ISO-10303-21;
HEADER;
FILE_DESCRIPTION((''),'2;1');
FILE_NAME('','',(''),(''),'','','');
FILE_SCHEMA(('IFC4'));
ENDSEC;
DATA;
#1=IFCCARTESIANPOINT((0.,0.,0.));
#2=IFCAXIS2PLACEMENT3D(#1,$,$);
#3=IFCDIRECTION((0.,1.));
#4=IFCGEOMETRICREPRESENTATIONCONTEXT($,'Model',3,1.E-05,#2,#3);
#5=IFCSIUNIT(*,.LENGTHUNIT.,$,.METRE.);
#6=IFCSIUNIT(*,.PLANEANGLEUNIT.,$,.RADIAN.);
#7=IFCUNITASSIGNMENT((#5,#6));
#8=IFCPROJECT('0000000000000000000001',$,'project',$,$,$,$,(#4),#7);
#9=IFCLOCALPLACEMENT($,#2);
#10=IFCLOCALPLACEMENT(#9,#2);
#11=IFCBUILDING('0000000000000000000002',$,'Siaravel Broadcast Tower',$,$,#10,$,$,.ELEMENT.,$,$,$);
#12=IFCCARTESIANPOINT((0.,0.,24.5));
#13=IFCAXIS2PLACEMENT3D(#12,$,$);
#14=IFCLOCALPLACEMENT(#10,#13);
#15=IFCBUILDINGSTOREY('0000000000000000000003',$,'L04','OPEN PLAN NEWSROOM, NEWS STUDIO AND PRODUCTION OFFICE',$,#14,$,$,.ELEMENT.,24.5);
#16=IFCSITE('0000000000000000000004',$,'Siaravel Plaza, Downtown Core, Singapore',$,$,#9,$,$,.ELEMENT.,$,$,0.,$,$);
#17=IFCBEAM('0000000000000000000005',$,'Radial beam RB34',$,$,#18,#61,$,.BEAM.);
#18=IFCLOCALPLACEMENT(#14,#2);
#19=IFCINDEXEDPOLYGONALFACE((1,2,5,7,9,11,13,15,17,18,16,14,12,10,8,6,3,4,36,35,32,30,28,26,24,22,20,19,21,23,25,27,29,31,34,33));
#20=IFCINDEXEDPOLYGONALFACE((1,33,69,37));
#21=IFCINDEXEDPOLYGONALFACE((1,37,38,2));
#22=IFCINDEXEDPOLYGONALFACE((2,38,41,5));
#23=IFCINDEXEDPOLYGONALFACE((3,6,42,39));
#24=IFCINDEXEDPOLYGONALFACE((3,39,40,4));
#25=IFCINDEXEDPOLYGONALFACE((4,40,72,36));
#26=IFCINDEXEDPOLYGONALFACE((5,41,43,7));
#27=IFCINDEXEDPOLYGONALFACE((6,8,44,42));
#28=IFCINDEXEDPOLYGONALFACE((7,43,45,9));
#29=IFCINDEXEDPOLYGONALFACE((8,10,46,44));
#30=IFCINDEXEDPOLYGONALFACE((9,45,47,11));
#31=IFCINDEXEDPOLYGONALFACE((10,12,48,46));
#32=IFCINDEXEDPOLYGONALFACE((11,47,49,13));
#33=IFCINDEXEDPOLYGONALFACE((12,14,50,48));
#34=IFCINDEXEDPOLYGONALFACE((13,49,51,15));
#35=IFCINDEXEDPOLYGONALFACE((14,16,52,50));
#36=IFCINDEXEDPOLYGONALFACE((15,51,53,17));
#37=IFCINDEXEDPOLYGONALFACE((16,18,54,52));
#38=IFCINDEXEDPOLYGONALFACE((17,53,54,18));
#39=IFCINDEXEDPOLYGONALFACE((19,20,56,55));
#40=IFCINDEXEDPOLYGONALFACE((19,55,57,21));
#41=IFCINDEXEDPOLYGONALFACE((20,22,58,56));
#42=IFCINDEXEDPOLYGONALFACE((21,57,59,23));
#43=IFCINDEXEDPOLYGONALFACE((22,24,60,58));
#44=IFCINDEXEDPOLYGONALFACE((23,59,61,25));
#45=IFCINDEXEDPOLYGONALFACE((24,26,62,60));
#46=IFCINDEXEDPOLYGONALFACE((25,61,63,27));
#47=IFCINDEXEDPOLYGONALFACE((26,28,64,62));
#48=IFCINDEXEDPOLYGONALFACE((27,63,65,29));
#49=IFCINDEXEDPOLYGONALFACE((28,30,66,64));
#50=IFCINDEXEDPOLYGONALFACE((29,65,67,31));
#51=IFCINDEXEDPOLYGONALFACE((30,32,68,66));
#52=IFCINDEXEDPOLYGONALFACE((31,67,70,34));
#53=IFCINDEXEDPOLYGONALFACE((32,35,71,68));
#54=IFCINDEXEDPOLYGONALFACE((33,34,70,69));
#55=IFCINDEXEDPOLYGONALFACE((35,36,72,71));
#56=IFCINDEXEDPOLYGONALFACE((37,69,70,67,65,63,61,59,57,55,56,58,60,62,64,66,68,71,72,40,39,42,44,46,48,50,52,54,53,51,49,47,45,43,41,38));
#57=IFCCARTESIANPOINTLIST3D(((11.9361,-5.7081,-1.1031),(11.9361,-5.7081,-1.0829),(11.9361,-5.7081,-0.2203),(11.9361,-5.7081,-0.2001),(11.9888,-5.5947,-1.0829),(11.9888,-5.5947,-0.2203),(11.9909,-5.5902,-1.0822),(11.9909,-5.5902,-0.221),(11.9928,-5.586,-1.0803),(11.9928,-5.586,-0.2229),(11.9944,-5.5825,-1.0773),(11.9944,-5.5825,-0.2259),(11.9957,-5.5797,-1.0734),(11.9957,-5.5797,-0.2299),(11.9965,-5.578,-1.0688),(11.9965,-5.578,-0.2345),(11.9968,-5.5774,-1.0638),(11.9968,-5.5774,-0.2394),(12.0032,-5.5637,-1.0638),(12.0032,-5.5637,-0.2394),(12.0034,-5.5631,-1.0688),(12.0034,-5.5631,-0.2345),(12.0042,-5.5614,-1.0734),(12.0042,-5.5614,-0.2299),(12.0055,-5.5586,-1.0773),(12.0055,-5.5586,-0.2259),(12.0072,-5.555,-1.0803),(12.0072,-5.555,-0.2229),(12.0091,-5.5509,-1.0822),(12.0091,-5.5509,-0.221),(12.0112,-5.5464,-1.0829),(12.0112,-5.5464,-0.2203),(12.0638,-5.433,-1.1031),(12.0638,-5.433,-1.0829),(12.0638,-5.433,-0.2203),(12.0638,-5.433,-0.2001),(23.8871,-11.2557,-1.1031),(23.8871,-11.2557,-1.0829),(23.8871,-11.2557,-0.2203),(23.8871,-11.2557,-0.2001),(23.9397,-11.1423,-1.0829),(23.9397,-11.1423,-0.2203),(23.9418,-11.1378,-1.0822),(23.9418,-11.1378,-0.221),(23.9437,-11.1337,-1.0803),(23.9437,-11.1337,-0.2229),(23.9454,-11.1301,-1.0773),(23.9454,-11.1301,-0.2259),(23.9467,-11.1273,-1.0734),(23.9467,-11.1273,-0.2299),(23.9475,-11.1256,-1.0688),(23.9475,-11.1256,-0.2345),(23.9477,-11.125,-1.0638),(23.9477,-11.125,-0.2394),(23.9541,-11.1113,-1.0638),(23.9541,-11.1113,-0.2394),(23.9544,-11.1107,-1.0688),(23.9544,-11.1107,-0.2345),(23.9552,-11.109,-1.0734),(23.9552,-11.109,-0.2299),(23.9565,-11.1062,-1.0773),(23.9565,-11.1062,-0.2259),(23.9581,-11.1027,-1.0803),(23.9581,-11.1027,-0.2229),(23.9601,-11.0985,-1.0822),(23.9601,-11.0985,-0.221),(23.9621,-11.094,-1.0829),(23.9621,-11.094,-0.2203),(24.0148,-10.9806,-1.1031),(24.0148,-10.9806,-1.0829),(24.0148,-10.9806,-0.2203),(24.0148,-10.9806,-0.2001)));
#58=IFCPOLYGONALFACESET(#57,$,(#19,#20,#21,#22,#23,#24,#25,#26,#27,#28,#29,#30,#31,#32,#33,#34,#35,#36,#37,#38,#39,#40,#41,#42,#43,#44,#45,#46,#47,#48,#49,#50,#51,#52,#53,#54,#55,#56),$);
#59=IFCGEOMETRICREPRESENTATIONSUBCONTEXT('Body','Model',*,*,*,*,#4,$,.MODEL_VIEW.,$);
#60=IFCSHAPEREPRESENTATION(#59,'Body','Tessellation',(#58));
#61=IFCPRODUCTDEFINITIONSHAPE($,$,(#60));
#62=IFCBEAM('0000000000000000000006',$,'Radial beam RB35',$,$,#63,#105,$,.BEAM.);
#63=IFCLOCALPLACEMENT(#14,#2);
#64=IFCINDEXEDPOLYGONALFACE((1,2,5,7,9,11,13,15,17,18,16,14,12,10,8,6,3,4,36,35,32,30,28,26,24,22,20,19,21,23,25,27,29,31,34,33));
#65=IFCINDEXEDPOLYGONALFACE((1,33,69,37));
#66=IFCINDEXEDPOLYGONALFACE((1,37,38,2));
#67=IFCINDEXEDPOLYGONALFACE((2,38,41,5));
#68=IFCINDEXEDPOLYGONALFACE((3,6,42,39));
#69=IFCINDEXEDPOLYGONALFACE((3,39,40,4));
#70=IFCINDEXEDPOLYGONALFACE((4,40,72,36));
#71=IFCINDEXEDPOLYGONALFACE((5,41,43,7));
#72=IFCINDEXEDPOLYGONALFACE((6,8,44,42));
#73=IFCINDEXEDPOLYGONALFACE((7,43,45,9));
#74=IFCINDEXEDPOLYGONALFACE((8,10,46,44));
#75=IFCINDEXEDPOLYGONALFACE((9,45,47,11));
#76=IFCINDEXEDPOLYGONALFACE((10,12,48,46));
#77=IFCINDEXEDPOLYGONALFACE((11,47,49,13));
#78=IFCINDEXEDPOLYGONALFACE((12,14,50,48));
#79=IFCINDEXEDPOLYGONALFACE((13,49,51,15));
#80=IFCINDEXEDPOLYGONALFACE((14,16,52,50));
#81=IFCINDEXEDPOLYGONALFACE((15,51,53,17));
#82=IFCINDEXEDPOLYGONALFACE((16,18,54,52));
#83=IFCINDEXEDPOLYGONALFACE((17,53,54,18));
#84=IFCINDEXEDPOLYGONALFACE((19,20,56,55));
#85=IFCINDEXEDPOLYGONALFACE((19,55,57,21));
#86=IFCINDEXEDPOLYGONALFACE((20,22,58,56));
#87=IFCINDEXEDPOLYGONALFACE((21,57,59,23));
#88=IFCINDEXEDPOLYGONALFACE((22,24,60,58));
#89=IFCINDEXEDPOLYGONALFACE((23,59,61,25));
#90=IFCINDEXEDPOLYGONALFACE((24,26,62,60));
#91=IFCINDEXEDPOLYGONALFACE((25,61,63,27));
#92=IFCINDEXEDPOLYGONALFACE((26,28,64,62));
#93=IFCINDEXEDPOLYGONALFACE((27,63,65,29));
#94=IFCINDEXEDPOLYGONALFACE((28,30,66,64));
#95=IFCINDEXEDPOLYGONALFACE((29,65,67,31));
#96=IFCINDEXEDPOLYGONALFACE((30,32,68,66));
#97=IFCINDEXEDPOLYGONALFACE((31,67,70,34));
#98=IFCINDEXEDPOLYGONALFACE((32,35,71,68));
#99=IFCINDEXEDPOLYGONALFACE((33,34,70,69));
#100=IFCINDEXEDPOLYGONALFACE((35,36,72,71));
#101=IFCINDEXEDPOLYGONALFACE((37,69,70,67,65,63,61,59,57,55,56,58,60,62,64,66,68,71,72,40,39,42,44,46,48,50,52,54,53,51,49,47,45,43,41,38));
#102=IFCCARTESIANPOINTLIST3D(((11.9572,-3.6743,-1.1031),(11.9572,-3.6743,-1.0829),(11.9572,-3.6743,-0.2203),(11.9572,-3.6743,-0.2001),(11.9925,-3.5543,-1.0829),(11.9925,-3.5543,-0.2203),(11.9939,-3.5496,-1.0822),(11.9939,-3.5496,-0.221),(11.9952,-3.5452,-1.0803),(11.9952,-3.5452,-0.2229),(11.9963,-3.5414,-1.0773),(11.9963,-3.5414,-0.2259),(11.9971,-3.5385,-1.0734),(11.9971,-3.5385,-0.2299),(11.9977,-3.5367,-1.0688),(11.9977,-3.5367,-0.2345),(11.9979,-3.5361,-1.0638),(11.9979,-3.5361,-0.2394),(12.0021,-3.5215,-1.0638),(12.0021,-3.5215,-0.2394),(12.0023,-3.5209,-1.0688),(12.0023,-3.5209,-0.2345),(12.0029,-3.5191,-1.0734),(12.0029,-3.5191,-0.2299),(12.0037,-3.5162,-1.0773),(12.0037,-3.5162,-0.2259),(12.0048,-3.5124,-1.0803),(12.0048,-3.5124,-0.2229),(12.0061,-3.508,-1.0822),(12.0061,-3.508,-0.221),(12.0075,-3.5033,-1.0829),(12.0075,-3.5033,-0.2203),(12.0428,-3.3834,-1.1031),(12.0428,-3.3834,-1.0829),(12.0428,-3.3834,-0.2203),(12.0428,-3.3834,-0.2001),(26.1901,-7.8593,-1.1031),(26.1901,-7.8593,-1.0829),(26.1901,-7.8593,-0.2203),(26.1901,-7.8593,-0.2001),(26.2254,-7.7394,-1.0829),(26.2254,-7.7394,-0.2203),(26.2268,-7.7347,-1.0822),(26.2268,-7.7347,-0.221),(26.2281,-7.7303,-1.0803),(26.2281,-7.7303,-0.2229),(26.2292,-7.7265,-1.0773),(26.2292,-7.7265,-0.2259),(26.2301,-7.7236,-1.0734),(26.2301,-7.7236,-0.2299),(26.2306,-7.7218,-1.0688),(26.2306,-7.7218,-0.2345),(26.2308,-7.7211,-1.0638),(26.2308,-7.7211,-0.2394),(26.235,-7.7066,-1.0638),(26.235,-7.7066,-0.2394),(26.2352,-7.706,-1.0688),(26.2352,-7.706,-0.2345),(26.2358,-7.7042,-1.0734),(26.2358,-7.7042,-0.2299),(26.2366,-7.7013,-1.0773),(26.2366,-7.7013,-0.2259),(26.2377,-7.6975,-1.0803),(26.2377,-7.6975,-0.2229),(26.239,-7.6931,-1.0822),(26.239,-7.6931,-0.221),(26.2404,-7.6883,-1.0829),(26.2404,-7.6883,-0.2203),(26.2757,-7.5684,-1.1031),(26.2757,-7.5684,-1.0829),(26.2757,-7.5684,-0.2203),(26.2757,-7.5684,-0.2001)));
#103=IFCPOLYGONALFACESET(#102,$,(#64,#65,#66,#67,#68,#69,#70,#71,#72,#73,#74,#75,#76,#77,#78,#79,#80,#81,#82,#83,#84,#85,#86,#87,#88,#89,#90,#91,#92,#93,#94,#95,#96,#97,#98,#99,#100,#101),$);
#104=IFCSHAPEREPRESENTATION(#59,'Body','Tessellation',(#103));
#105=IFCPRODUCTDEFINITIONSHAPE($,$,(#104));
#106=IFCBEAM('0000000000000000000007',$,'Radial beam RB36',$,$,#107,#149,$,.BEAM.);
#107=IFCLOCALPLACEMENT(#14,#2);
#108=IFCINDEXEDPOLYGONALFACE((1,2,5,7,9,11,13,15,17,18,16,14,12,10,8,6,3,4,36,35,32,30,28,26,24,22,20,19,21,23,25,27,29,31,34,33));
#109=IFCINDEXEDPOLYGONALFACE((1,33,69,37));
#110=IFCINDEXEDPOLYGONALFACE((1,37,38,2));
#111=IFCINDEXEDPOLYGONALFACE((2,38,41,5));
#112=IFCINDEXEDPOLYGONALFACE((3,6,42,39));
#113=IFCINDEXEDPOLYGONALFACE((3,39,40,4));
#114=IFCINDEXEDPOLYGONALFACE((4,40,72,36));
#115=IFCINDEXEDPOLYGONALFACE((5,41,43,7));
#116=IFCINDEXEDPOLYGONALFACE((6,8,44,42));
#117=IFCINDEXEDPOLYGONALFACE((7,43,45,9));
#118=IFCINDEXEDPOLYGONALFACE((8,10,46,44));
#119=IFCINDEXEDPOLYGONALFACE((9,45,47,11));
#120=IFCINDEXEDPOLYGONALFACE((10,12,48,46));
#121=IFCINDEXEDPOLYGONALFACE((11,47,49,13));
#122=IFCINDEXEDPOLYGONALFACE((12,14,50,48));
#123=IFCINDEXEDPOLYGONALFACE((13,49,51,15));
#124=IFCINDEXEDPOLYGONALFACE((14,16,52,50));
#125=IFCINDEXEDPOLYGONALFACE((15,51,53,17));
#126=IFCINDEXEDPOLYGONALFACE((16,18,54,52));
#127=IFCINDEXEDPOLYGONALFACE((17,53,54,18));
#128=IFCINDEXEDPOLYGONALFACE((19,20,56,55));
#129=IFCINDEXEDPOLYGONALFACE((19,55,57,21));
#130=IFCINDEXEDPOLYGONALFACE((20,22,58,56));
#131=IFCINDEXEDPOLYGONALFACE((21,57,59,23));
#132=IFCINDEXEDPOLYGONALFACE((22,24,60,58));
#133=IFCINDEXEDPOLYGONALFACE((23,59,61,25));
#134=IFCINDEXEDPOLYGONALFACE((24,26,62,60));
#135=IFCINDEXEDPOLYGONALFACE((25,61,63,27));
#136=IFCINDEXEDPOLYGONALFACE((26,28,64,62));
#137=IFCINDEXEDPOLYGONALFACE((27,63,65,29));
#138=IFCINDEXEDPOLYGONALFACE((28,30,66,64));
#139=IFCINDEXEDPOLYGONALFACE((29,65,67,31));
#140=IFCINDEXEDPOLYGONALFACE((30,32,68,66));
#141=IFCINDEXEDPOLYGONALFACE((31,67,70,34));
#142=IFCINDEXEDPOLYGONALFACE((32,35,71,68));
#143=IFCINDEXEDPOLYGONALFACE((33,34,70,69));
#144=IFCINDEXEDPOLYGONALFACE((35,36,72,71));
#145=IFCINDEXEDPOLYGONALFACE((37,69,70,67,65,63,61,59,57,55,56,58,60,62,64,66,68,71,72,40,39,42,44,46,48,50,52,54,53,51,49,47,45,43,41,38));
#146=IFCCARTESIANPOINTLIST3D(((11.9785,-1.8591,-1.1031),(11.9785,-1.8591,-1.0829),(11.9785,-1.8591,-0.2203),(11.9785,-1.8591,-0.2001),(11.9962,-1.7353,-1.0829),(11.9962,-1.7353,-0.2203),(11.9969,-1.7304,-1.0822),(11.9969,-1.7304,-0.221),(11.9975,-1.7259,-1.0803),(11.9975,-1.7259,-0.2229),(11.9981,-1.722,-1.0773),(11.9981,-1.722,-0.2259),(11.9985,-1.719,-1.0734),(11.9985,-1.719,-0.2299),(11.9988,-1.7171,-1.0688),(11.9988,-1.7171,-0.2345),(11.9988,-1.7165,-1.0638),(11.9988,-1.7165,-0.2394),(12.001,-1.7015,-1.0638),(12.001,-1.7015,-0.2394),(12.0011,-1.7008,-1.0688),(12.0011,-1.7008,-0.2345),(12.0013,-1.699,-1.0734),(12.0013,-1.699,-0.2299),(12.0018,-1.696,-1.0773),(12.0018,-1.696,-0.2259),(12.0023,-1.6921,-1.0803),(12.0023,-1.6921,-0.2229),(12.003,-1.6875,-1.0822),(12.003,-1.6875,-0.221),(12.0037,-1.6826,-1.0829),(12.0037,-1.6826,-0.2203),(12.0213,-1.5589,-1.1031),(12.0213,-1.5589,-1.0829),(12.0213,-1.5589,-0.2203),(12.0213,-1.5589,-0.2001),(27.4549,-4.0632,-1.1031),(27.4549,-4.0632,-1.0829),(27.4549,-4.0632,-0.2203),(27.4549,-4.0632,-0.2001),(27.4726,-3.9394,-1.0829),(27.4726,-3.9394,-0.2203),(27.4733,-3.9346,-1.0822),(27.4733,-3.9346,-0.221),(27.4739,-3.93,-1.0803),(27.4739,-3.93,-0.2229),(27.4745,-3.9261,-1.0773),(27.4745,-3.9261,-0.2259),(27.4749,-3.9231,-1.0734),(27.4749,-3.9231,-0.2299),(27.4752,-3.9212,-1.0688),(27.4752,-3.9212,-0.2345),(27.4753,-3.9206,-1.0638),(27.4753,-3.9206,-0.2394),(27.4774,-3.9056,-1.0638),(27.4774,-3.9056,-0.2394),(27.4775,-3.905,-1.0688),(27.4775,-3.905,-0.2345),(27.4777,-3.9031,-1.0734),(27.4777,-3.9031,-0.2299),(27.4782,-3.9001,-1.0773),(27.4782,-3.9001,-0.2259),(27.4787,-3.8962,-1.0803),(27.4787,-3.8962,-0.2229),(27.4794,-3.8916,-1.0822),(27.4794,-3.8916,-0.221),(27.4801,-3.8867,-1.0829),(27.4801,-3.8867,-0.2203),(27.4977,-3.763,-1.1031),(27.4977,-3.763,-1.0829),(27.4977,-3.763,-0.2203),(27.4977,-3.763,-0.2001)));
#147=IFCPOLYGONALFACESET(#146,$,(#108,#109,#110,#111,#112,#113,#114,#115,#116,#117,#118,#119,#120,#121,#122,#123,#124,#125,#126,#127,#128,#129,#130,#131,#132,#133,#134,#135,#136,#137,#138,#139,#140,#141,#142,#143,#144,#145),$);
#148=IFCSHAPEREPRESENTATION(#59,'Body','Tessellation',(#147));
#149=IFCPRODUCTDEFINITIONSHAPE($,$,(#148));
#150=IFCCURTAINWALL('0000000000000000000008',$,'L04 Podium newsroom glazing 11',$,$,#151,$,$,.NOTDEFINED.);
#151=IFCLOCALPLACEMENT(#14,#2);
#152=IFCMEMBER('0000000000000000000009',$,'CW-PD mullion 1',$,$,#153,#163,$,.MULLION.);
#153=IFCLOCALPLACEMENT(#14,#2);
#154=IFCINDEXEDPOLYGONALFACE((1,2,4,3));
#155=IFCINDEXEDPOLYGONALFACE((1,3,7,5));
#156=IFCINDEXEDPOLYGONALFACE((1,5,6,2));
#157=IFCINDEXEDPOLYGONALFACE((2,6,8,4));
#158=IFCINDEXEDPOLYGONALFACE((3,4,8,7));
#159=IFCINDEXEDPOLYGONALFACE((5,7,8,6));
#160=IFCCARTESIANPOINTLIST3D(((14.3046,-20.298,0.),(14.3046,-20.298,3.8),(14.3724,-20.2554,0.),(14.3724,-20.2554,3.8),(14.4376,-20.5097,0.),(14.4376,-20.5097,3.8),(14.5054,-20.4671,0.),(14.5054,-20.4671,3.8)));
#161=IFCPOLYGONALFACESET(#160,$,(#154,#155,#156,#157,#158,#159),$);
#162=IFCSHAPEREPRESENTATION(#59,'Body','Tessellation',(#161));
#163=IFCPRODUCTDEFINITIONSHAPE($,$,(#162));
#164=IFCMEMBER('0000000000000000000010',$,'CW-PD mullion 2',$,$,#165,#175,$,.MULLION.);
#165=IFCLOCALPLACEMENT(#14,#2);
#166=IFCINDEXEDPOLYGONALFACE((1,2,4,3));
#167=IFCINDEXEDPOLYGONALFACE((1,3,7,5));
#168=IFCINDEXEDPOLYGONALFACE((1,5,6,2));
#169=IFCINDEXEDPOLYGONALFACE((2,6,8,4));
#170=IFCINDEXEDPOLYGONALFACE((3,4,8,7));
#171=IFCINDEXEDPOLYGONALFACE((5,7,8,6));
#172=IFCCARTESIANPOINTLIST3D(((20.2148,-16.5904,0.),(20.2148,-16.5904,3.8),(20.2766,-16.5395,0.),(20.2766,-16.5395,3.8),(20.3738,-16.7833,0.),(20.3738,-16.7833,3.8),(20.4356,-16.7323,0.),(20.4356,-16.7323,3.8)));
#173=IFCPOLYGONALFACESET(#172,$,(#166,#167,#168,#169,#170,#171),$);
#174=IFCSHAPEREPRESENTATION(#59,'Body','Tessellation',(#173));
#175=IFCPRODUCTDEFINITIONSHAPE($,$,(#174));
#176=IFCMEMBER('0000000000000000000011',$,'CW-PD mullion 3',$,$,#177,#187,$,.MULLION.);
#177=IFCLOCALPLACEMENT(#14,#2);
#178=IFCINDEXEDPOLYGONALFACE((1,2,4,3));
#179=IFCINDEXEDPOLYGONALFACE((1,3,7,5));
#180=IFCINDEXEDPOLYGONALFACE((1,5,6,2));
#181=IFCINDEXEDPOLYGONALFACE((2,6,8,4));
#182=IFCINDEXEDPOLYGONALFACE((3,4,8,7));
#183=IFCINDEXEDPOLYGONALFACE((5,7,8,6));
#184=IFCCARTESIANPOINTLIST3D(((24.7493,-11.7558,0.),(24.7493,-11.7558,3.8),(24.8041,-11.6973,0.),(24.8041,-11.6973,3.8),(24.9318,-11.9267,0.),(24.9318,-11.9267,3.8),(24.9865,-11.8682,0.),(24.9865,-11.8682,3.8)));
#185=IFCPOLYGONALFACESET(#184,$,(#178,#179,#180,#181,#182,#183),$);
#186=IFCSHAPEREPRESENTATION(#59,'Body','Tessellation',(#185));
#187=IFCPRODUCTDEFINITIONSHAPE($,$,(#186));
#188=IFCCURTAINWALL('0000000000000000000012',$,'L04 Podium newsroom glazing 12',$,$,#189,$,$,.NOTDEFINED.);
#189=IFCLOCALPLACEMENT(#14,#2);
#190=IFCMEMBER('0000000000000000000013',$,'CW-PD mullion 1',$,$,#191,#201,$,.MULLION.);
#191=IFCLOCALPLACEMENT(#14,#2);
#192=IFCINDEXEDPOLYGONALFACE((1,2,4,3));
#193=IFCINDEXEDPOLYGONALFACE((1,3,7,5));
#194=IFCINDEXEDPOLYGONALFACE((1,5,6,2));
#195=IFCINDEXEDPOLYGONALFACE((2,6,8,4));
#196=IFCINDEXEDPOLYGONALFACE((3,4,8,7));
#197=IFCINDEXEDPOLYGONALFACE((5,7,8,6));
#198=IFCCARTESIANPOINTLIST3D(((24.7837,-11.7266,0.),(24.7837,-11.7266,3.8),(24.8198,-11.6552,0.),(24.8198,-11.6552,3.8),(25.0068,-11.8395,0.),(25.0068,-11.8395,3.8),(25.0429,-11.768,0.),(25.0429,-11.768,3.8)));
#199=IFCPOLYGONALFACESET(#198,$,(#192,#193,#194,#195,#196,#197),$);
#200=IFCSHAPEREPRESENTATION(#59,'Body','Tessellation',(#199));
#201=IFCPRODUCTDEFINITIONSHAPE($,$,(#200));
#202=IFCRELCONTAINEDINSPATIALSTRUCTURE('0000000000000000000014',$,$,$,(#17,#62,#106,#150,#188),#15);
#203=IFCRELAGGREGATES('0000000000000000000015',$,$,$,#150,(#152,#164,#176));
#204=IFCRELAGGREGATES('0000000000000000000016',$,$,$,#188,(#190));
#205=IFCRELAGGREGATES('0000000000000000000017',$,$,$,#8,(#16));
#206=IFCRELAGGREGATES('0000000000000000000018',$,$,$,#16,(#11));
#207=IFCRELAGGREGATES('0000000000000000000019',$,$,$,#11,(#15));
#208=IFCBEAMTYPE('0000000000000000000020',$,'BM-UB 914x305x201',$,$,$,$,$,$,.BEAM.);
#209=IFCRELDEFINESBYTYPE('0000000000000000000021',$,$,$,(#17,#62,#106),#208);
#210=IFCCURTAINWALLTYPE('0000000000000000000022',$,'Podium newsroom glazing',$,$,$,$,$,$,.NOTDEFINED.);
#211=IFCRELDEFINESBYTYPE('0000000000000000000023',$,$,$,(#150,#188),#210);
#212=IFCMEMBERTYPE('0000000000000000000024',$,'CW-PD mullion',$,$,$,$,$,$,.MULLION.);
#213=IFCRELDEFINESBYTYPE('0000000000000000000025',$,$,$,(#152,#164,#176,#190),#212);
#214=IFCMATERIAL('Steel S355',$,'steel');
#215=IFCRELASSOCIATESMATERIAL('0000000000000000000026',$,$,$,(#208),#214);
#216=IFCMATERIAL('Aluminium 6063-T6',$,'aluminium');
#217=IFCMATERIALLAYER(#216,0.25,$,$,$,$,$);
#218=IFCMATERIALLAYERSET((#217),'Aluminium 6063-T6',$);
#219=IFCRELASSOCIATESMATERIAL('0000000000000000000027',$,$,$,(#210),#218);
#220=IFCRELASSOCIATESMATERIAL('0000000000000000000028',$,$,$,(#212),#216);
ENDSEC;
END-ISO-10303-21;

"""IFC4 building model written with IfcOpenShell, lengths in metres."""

from ifc_helpers import new_model, si_unit, direction, frame, origin, origin_2d, place, context, subcontext, project, spatial, rectangle, i_section, extrude, material, layer, layer_set, material_profile, profile_set, type_object, element, aggregate, save


model = new_model("IFC4")

# Units and contexts
model_context = context("Model", 3, precision=1e-05, world=origin(), true_north=direction((0.0, 1.0)))
body_context = subcontext(model_context, "Body", "Model", "MODEL_VIEW")
ifc_project = project(units=[si_unit("LENGTHUNIT", "METRE"), si_unit("PLANEANGLEUNIT", "RADIAN")], contexts=[model_context])

# Site, building, storey
site_placement = place(None, origin())
site = spatial("IfcSite", under=ifc_project, at=site_placement, Name="Siaravel Plaza, Downtown Core, Singapore", CompositionType="ELEMENT", RefElevation=0.0)
building_placement = place(site_placement, origin())
building = spatial("IfcBuilding", under=site, at=building_placement, Name="Siaravel Broadcast Tower", CompositionType="ELEMENT")
storey_placement = place(building_placement, frame((0.0, 0.0, 24.5)))
storey = spatial("IfcBuildingStorey", under=building, at=storey_placement, Name="L04", Description="OPEN PLAN NEWSROOM, NEWS STUDIO AND PRODUCTION OFFICE", CompositionType="ELEMENT", Elevation=24.5)

# Beams
ifc_material_1 = material(Name="Steel S355", Category="steel")
ifc_material_profile_1 = material_profile(ifc_material_1, i_section(OverallWidth=0.3032, OverallDepth=0.9031, WebThickness=0.0151, FlangeThickness=0.0203, FilletRadius=0.019, at=origin_2d()))
ifc_profile_set_1 = profile_set([ifc_material_profile_1], Name="Steel S355")
beam_type = type_object("IfcBeamType", Name="BM-UB 914x305x201", PredefinedType="BEAM", material=ifc_profile_set_1)
beam_1_placement = place(storey_placement, frame((23.9509, -11.1182, -0.6516), z_axis=(-0.907039, 0.421047, 0.0), x_axis=(-0.421047, -0.907039, 0.0)))
element("IfcBeam", 1, at=beam_1_placement, inside=storey, type_object=beam_type, Name="Radial beam RB34", PredefinedType="BEAM", context=body_context, shape_type="SweptSolid", body=[
    extrude(i_section(OverallWidth=0.3032, OverallDepth=0.9031, WebThickness=0.0151, FlangeThickness=0.0203, FilletRadius=0.019, at=origin_2d()), origin(), (0.0, 0.0, 1.0), 13.1758),
])
beam_2_placement = place(storey_placement, frame((26.2329, -7.7139, -0.6516), z_axis=(-0.959385, 0.282099, 0.0), x_axis=(-0.282099, -0.959385, 0.0)))
element("IfcBeam", 2, at=beam_2_placement, inside=storey, type_object=beam_type, Name="Radial beam RB35", PredefinedType="BEAM", context=body_context, shape_type="SweptSolid", body=[
    extrude(i_section(OverallWidth=0.3032, OverallDepth=0.9031, WebThickness=0.0151, FlangeThickness=0.0203, FilletRadius=0.019, at=origin_2d()), origin(), (0.0, 0.0, 1.0), 14.8354),
])
beam_3_placement = place(storey_placement, frame((27.4763, -3.9131, -0.6516), z_axis=(-0.99001, 0.140995, 0.0), x_axis=(-0.140995, -0.99001, 0.0)))
element("IfcBeam", 3, at=beam_3_placement, inside=storey, type_object=beam_type, Name="Radial beam RB36", PredefinedType="BEAM", context=body_context, shape_type="SweptSolid", body=[
    extrude(i_section(OverallWidth=0.3032, OverallDepth=0.9031, WebThickness=0.0151, FlangeThickness=0.0203, FilletRadius=0.019, at=origin_2d()), origin(), (0.0, 0.0, 1.0), 15.6326),
])

# Curtain walls, members
ifc_material_2 = material(Name="Aluminium 6063-T6", Category="aluminium")
ifc_layer_1 = layer(ifc_material_2, 0.25)
ifc_layer_set_1 = layer_set([ifc_layer_1], Name="Aluminium 6063-T6")
curtain_wall_type = type_object("IfcCurtainWallType", Name="Podium newsroom glazing", PredefinedType="NOTDEFINED", material=ifc_layer_set_1)
curtain_wall_1_placement = place(storey_placement, origin())
curtain_wall_1 = element("IfcCurtainWall", 4, at=curtain_wall_1_placement, inside=storey, type_object=curtain_wall_type, Name="L04 Podium newsroom glazing 11", PredefinedType="NOTDEFINED")
ifc_material_profile_2 = material_profile(ifc_material_2, rectangle(XDim=0.25, YDim=0.0801, at=origin_2d()))
ifc_profile_set_2 = profile_set([ifc_material_profile_2], Name="Aluminium 6063-T6")
member_type_1 = type_object("IfcMemberType", Name="CW-PD mullion", PredefinedType="MULLION", material=ifc_profile_set_2)
member_1_placement = place(storey_placement, frame((14.405, -20.3826, 0.0), z_axis=(0.0, 0.0, 1.0), x_axis=(-0.532149, 0.846651, 0.0)))
member_1 = element("IfcMember", 5, at=member_1_placement, type_object=member_type_1, Name="CW-PD mullion 1", PredefinedType="MULLION", context=body_context, shape_type="SweptSolid", body=[
    extrude(rectangle(XDim=0.25, YDim=0.0801, at=origin_2d()), origin(), (0.0, 0.0, 1.0), 3.8),
])
member_2_placement = place(storey_placement, frame((20.3252, -16.6614, 0.0), z_axis=(0.0, 0.0, 1.0), x_axis=(-0.636218, 0.771509, 0.0)))
member_2 = element("IfcMember", 6, at=member_2_placement, type_object=member_type_1, Name="CW-PD mullion 2", PredefinedType="MULLION", context=body_context, shape_type="SweptSolid", body=[
    extrude(rectangle(XDim=0.25, YDim=0.0801, at=origin_2d()), origin(), (0.0, 0.0, 1.0), 3.8),
])
member_3_placement = place(storey_placement, frame((24.8679, -11.812, 0.0), z_axis=(0.0, 0.0, 1.0), x_axis=(-0.729804, 0.683656, 0.0)))
member_3 = element("IfcMember", 7, at=member_3_placement, type_object=member_type_1, Name="CW-PD mullion 3", PredefinedType="MULLION", context=body_context, shape_type="SweptSolid", body=[
    extrude(rectangle(XDim=0.25, YDim=0.0801, at=origin_2d()), origin(), (0.0, 0.0, 1.0), 3.8),
])
curtain_wall_2_placement = place(storey_placement, origin())
curtain_wall_2 = element("IfcCurtainWall", 8, at=curtain_wall_2_placement, inside=storey, type_object=curtain_wall_type, Name="L04 Podium newsroom glazing 12", PredefinedType="NOTDEFINED")
member_4_placement = place(storey_placement, frame((24.9133, -11.7473, 0.0), z_axis=(0.0, 0.0, 1.0), x_axis=(-0.892392, 0.451262, 0.0)))
member_4 = element("IfcMember", 9, at=member_4_placement, type_object=member_type_1, Name="CW-PD mullion 1", PredefinedType="MULLION", context=body_context, shape_type="SweptSolid", body=[
    extrude(rectangle(XDim=0.25, YDim=0.0801, at=origin_2d()), origin(), (0.0, 0.0, 1.0), 3.8),
])

aggregate(curtain_wall_1, [member_1, member_2, member_3])
aggregate(curtain_wall_2, [member_4])

save(model, "model.ifc")
